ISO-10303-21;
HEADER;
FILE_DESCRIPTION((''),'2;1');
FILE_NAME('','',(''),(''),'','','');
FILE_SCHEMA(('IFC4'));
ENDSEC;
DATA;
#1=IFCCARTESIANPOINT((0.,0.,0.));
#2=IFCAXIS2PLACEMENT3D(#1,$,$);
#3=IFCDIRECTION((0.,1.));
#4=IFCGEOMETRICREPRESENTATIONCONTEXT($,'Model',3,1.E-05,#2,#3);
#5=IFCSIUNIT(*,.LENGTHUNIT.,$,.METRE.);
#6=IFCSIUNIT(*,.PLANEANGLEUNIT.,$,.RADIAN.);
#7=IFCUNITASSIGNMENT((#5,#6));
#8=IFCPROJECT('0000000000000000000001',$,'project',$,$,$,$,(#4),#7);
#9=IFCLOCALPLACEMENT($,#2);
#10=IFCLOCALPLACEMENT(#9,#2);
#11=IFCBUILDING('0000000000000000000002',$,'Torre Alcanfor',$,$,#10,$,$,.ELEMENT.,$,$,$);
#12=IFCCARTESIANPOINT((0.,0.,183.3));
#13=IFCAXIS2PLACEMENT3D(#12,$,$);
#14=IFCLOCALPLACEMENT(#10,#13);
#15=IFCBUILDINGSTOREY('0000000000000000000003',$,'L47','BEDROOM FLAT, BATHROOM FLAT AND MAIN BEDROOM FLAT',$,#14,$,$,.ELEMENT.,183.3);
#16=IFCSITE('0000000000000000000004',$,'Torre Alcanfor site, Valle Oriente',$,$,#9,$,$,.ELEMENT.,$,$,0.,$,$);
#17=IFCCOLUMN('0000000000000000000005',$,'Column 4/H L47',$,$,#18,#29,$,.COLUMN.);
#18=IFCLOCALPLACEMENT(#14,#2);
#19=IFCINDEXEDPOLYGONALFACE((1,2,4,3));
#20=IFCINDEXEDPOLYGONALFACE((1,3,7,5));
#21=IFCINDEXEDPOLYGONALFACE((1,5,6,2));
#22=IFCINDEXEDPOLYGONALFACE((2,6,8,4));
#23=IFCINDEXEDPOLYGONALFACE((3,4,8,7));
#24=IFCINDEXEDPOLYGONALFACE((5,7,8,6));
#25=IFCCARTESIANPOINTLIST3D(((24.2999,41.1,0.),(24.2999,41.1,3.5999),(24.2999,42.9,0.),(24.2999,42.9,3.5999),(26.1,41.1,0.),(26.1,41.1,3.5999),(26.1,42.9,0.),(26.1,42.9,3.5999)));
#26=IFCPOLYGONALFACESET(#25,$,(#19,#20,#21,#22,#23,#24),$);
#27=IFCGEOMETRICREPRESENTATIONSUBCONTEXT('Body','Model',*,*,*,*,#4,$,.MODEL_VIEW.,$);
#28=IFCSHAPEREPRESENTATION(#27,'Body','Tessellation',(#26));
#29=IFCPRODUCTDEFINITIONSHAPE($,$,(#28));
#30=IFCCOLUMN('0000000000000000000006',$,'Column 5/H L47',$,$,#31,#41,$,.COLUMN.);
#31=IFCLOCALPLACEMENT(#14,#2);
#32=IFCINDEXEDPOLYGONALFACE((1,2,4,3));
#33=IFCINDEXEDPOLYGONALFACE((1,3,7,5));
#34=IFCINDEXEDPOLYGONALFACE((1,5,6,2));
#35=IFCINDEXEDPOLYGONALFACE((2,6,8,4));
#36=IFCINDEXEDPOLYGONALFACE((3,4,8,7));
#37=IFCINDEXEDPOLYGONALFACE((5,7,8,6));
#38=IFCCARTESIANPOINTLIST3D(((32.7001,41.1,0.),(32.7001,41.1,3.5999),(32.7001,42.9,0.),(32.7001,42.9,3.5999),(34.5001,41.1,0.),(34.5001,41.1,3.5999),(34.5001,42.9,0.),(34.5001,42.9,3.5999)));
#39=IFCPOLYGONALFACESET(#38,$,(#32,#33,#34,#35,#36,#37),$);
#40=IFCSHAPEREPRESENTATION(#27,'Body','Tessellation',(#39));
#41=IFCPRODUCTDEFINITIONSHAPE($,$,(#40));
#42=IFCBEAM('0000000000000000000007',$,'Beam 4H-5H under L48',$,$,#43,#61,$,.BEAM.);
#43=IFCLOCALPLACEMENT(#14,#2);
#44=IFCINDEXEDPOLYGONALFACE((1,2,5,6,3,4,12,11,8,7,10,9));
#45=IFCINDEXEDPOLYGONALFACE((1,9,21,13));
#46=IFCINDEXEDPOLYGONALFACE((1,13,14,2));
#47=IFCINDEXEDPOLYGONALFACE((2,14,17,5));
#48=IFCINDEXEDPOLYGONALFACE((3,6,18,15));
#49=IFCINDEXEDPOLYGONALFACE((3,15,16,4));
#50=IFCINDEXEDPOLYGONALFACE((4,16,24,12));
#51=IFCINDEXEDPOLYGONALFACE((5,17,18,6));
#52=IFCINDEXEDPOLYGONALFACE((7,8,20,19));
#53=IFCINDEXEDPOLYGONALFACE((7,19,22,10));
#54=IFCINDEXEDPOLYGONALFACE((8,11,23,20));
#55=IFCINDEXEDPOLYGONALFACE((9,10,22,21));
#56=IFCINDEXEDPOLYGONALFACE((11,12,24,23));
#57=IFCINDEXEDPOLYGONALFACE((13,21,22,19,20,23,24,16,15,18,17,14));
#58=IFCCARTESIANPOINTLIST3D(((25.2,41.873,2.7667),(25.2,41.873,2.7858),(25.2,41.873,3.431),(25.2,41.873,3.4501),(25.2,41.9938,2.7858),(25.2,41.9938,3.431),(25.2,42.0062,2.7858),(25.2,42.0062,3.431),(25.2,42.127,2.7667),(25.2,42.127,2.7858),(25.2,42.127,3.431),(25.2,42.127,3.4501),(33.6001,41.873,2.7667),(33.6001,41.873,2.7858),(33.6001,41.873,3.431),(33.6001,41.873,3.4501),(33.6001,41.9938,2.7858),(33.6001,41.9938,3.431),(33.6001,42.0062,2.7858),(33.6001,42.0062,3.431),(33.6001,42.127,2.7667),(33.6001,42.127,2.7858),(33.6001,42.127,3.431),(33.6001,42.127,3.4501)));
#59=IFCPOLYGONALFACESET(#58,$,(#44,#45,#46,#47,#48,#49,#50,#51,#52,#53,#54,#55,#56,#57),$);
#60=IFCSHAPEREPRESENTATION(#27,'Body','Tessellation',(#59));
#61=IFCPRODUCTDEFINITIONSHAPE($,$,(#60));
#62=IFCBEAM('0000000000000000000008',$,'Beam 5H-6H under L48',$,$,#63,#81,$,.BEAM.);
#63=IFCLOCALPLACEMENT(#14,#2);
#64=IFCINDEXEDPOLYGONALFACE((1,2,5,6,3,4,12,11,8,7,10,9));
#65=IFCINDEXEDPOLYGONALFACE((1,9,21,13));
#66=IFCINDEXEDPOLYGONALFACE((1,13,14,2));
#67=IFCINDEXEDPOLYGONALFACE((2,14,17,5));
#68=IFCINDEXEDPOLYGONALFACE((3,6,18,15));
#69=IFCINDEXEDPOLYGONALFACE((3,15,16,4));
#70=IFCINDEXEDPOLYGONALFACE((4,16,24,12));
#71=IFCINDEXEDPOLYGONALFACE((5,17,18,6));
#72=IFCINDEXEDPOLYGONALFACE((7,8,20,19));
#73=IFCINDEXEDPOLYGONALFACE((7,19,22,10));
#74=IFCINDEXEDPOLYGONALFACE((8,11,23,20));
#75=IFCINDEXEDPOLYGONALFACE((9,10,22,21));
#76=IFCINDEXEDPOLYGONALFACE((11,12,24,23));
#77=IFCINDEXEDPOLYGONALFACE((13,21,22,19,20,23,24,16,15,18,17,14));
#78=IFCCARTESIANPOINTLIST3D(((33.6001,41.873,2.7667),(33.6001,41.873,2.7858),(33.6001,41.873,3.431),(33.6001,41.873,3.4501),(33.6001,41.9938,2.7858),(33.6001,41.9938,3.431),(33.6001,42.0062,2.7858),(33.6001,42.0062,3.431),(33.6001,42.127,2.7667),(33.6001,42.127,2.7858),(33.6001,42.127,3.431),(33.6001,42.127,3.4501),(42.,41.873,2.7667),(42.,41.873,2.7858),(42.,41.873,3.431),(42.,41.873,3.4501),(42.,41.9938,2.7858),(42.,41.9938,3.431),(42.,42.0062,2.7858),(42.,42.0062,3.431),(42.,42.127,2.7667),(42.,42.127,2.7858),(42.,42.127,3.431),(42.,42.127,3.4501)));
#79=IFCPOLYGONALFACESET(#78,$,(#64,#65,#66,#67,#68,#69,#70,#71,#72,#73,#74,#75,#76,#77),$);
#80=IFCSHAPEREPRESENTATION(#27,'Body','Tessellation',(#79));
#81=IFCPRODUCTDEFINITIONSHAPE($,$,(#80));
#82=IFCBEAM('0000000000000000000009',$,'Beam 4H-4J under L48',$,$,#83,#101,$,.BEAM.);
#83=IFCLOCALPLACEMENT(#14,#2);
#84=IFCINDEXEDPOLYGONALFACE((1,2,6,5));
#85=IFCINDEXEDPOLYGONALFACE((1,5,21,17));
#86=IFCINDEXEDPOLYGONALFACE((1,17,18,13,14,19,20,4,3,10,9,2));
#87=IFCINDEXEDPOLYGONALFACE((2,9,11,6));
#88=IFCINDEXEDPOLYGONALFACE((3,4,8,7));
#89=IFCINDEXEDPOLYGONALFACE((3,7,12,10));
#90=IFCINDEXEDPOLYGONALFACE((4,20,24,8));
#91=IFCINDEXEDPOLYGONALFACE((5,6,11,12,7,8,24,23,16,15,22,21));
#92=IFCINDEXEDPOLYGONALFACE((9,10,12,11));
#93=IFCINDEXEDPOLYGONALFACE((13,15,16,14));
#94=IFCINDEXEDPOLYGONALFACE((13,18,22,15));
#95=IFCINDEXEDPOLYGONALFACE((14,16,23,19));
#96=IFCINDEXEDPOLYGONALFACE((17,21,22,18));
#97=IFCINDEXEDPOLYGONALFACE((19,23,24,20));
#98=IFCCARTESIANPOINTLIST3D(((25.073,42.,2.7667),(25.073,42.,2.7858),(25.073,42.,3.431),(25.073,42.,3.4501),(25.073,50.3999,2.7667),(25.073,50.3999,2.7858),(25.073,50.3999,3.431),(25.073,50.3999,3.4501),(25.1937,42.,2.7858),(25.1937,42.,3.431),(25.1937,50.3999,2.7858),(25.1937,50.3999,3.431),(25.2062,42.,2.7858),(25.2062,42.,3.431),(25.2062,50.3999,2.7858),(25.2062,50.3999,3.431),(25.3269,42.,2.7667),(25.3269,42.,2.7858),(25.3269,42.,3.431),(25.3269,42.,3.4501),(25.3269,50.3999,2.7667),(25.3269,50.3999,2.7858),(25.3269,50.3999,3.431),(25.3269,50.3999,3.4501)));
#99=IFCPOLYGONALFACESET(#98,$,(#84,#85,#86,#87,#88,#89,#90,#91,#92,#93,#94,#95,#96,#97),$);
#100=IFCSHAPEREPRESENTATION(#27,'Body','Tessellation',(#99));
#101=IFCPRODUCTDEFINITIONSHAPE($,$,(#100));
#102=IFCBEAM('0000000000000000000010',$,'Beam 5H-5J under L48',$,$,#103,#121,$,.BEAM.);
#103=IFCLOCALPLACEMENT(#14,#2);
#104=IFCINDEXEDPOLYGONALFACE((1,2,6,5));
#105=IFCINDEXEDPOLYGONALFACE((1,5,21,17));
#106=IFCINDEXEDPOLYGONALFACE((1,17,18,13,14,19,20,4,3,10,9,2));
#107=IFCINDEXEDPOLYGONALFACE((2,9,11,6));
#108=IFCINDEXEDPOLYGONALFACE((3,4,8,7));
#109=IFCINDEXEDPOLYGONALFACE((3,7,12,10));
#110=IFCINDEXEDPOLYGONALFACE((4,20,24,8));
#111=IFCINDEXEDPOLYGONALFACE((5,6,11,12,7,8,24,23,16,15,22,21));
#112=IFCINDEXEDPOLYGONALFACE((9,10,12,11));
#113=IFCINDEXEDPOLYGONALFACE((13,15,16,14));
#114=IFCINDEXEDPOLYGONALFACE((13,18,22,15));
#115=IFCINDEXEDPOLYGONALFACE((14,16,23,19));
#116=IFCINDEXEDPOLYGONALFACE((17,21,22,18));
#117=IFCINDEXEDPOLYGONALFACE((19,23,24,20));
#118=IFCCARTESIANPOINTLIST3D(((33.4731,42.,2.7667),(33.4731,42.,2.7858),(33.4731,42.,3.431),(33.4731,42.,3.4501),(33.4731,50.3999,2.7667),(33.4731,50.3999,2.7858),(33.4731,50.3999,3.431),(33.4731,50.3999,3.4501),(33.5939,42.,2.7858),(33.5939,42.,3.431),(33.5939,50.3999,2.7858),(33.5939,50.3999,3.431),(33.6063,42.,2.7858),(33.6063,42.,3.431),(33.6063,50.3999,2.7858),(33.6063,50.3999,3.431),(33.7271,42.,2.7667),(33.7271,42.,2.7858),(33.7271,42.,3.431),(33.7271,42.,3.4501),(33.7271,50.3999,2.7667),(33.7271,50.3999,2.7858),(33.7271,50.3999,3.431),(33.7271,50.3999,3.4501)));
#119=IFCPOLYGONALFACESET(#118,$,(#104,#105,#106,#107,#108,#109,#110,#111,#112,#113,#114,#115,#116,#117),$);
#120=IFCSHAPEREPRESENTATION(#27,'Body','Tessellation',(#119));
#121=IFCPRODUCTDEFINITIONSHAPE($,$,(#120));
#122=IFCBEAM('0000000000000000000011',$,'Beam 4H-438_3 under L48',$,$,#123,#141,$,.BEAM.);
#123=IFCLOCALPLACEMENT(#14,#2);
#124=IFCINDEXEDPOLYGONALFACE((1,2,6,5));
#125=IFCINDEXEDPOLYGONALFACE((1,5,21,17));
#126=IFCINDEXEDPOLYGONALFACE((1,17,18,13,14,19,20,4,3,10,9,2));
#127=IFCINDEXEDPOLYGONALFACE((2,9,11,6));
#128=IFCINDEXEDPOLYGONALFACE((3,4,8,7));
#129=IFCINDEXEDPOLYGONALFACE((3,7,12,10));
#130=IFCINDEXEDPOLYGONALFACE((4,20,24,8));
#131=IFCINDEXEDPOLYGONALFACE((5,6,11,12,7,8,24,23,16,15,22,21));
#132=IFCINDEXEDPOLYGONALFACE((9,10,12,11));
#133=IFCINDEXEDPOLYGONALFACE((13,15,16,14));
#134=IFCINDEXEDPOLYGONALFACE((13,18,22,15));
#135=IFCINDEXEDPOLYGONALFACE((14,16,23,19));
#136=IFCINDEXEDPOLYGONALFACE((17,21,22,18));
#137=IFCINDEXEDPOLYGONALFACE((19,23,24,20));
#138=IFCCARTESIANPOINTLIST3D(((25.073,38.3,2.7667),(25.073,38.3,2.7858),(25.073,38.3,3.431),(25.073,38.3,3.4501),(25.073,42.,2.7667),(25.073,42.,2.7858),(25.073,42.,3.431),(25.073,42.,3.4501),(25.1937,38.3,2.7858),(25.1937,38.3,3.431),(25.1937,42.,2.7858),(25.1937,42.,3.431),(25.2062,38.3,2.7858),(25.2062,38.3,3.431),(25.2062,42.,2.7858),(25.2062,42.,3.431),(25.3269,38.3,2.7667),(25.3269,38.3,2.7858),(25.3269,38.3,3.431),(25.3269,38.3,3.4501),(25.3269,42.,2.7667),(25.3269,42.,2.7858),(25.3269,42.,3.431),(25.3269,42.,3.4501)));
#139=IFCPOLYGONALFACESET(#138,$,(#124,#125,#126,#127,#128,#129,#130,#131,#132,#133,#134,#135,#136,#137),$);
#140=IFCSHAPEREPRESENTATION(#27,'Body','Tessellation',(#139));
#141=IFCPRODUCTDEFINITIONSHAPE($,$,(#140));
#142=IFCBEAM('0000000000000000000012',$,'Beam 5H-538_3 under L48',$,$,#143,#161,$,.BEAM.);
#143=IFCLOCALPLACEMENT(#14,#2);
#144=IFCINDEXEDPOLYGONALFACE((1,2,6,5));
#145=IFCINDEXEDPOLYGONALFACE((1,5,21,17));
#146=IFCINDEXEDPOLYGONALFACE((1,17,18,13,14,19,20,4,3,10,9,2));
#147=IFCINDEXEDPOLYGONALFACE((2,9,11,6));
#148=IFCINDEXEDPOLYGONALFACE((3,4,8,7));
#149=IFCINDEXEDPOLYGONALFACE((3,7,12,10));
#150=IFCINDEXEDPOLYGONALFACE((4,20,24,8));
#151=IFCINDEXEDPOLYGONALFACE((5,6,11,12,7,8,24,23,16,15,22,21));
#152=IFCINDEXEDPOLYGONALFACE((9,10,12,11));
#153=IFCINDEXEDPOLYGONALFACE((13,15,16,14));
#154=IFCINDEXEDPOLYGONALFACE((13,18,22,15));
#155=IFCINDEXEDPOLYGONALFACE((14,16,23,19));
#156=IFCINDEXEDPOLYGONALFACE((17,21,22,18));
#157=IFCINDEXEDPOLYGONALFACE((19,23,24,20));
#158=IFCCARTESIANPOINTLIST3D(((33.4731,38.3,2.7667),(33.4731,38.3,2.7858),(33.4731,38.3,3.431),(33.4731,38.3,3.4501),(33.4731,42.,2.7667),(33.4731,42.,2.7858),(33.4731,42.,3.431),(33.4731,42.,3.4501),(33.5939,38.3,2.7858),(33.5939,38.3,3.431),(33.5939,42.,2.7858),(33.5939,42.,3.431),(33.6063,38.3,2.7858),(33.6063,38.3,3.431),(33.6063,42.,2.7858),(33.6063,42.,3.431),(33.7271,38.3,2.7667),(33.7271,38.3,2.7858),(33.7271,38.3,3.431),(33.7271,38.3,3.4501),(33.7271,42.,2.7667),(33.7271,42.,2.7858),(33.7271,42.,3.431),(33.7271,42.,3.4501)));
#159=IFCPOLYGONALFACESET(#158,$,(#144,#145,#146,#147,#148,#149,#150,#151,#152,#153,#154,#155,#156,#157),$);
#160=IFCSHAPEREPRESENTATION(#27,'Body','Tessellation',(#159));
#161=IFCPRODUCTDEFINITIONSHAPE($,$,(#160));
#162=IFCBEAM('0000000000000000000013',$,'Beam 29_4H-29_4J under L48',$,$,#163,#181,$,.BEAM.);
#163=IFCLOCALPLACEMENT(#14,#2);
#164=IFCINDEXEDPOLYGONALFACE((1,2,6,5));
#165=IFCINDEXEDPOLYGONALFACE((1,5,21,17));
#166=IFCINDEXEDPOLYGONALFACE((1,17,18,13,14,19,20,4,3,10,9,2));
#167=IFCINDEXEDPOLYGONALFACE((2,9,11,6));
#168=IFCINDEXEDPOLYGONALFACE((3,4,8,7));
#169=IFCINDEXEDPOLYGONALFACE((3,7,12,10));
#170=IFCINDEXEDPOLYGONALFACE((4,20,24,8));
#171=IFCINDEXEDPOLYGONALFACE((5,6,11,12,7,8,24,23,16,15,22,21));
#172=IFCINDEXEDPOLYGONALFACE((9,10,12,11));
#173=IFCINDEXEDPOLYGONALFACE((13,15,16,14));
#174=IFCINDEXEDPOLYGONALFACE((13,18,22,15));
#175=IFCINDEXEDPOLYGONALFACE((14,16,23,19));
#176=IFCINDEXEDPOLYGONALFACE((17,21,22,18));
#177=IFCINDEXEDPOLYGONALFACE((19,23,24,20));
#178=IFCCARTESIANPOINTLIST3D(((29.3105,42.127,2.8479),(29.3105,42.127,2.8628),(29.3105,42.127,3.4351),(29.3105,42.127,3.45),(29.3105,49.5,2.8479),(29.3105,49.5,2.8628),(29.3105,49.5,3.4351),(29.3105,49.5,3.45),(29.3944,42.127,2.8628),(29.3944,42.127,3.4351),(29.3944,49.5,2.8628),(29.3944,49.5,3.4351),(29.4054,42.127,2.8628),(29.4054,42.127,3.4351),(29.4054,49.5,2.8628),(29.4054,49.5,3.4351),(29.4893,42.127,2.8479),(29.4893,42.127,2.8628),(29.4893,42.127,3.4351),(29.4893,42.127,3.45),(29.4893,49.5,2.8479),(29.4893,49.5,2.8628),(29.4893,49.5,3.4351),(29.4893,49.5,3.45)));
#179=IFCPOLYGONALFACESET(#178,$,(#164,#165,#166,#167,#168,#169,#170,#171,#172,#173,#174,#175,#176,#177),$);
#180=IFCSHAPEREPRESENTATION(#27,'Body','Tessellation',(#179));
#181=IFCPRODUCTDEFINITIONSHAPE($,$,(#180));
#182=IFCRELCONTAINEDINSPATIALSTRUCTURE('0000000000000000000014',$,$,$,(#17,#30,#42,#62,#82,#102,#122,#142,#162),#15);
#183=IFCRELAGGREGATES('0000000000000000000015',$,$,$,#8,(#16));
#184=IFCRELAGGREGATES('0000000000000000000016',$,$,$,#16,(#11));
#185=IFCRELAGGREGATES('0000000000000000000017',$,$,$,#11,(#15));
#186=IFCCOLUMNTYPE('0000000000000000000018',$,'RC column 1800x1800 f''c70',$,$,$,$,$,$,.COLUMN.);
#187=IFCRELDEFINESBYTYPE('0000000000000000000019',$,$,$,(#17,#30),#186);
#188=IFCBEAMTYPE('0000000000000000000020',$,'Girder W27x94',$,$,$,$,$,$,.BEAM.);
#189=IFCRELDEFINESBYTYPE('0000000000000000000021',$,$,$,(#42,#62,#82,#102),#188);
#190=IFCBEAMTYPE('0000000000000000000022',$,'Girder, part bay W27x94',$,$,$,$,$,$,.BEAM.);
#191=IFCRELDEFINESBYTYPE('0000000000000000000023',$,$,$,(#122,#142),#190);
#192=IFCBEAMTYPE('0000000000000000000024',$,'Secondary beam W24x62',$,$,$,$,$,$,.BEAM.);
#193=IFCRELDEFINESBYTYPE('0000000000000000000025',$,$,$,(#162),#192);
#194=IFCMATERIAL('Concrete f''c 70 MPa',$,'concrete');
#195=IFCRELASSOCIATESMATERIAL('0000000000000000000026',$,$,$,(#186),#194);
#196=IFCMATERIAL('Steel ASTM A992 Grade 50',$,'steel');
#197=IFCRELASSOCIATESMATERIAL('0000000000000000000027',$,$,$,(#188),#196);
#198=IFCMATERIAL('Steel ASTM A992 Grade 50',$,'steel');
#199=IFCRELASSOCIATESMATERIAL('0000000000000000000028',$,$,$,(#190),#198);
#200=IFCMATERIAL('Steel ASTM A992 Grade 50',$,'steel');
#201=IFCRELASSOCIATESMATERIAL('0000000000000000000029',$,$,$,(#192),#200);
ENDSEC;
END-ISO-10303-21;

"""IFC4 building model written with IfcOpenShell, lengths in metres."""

from ifc_helpers import new_model, si_unit, direction, frame, origin, origin_2d, place, context, subcontext, project, spatial, rectangle, i_section, extrude, material, material_profile, profile_set, type_object, element, save


model = new_model("IFC4")

# Units and contexts
model_context = context("Model", 3, precision=1e-05, world=origin(), true_north=direction((0.0, 1.0)))
body_context = subcontext(model_context, "Body", "Model", "MODEL_VIEW")
ifc_project = project(units=[si_unit("LENGTHUNIT", "METRE"), si_unit("PLANEANGLEUNIT", "RADIAN")], contexts=[model_context])

# Site, building, storey
site_placement = place(None, origin())
site = spatial("IfcSite", under=ifc_project, at=site_placement, Name="Torre Alcanfor site, Valle Oriente", CompositionType="ELEMENT", RefElevation=0.0)
building_placement = place(site_placement, origin())
building = spatial("IfcBuilding", under=site, at=building_placement, Name="Torre Alcanfor", CompositionType="ELEMENT")
storey_placement = place(building_placement, frame((0.0, 0.0, 183.3)))
storey = spatial("IfcBuildingStorey", under=building, at=storey_placement, Name="L47", Description="BEDROOM FLAT, BATHROOM FLAT AND MAIN BEDROOM FLAT", CompositionType="ELEMENT", Elevation=183.3)

# Columns
ifc_material_1 = material(Name="Concrete f'c 70 MPa", Category="concrete")
ifc_material_profile_1 = material_profile(ifc_material_1, rectangle(XDim=1.8, YDim=1.8, at=origin_2d()), Name="1800x1800")
ifc_profile_set_1 = profile_set([ifc_material_profile_1], Name="Concrete f'c 70 MPa")
column_type = type_object("IfcColumnType", Name="RC column 1800x1800 f'c70", PredefinedType="COLUMN", material=ifc_profile_set_1)
for number, where, z_axis, x_axis, name in (
    (1, (25.2, 42.0, 0.0), (0.0, 0.0, 1.0), (1.0, 0.0, 0.0), "Column 4/H L47"),
    (2, (33.6001, 42.0, 0.0), (0.0, 0.0, 1.0), (1.0, 0.0, 0.0), "Column 5/H L47"),
):
    element("IfcColumn", number, at=place(storey_placement, frame(where, z_axis=z_axis, x_axis=x_axis)), inside=storey, type_object=column_type, Name=name, PredefinedType="COLUMN", context=body_context, shape_type="SweptSolid", body=[
        extrude(rectangle(XDim=1.8, YDim=1.8, at=origin_2d()), origin(), (0.0, 0.0, 1.0), 3.5999),
    ])

# Beams
ifc_material_2 = material(Name="Steel ASTM A992 Grade 50", Category="steel")
ifc_material_profile_2 = material_profile(ifc_material_2, i_section(OverallWidth=0.2539, OverallDepth=0.6833, WebThickness=0.0125, FlangeThickness=0.019, at=origin_2d()), Name="W27x94")
ifc_profile_set_2 = profile_set([ifc_material_profile_2], Name="Steel ASTM A992 Grade 50")
beam_type_1 = type_object("IfcBeamType", Name="Girder W27x94", PredefinedType="BEAM", material=ifc_profile_set_2)
beam_1_placement = place(storey_placement, frame((25.2, 42.0, 3.1084), z_axis=(1.0, 0.0, 0.0), x_axis=(0.0, 1.0, 0.0)))
element("IfcBeam", 3, at=beam_1_placement, inside=storey, type_object=beam_type_1, Name="Beam 4H-5H under L48", PredefinedType="BEAM", context=body_context, shape_type="SweptSolid", body=[
    extrude(i_section(OverallWidth=0.2539, OverallDepth=0.6833, WebThickness=0.0125, FlangeThickness=0.019, at=origin_2d()), origin(), (0.0, 0.0, 1.0), 8.4001),
])
for number, where, z_axis, x_axis, name in (
    (4, (33.6001, 42.0, 3.1084), (1.0, 0.0, 0.0), (0.0, 1.0, 0.0), "Beam 5H-6H under L48"),
    (5, (25.2, 42.0, 3.1084), (0.0, 1.0, 0.0), (-1.0, 0.0, 0.0), "Beam 4H-4J under L48"),
    (6, (33.6001, 42.0, 3.1084), (0.0, 1.0, 0.0), (-1.0, 0.0, 0.0), "Beam 5H-5J under L48"),
):
    element("IfcBeam", number, at=place(storey_placement, frame(where, z_axis=z_axis, x_axis=x_axis)), inside=storey, type_object=beam_type_1, Name=name, PredefinedType="BEAM", context=body_context, shape_type="SweptSolid", body=[
        extrude(i_section(OverallWidth=0.2539, OverallDepth=0.6833, WebThickness=0.0125, FlangeThickness=0.019, at=origin_2d()), origin(), (0.0, 0.0, 1.0), 8.3999),
    ])
ifc_material_3 = material(Name="Steel ASTM A992 Grade 50", Category="steel")
ifc_material_profile_3 = material_profile(ifc_material_3, i_section(OverallWidth=0.2539, OverallDepth=0.6833, WebThickness=0.0125, FlangeThickness=0.019, at=origin_2d()), Name="W27x94")
ifc_profile_set_3 = profile_set([ifc_material_profile_3], Name="Steel ASTM A992 Grade 50")
beam_type_2 = type_object("IfcBeamType", Name="Girder, part bay W27x94", PredefinedType="BEAM", material=ifc_profile_set_3)
for number, where, z_axis, x_axis, name in (
    (7, (25.2, 42.0, 3.1084), (0.0, -1.0, 0.0), (1.0, 0.0, 0.0), "Beam 4H-438_3 under L48"),
    (8, (33.6001, 42.0, 3.1084), (0.0, -1.0, 0.0), (1.0, 0.0, 0.0), "Beam 5H-538_3 under L48"),
):
    element("IfcBeam", number, at=place(storey_placement, frame(where, z_axis=z_axis, x_axis=x_axis)), inside=storey, type_object=beam_type_2, Name=name, PredefinedType="BEAM", context=body_context, shape_type="SweptSolid", body=[
        extrude(i_section(OverallWidth=0.2539, OverallDepth=0.6833, WebThickness=0.0125, FlangeThickness=0.019, at=origin_2d()), origin(), (0.0, 0.0, 1.0), 3.7),
    ])
ifc_material_4 = material(Name="Steel ASTM A992 Grade 50", Category="steel")
ifc_material_profile_4 = material_profile(ifc_material_4, i_section(OverallWidth=0.1787, OverallDepth=0.6021, WebThickness=0.011, FlangeThickness=0.0149, at=origin_2d()), Name="W24x62")
ifc_profile_set_4 = profile_set([ifc_material_profile_4], Name="Steel ASTM A992 Grade 50")
beam_type_3 = type_object("IfcBeamType", Name="Secondary beam W24x62", PredefinedType="BEAM", material=ifc_profile_set_4)
beam_2_placement = place(storey_placement, frame((29.3999, 42.127, 3.1489), z_axis=(0.0, 1.0, 0.0), x_axis=(-1.0, 0.0, 0.0)))
element("IfcBeam", 9, at=beam_2_placement, inside=storey, type_object=beam_type_3, Name="Beam 29_4H-29_4J under L48", PredefinedType="BEAM", context=body_context, shape_type="SweptSolid", body=[
    extrude(i_section(OverallWidth=0.1787, OverallDepth=0.6021, WebThickness=0.011, FlangeThickness=0.0149, at=origin_2d()), origin(), (0.0, 0.0, 1.0), 7.373),
])

save(model, "model.ifc")
